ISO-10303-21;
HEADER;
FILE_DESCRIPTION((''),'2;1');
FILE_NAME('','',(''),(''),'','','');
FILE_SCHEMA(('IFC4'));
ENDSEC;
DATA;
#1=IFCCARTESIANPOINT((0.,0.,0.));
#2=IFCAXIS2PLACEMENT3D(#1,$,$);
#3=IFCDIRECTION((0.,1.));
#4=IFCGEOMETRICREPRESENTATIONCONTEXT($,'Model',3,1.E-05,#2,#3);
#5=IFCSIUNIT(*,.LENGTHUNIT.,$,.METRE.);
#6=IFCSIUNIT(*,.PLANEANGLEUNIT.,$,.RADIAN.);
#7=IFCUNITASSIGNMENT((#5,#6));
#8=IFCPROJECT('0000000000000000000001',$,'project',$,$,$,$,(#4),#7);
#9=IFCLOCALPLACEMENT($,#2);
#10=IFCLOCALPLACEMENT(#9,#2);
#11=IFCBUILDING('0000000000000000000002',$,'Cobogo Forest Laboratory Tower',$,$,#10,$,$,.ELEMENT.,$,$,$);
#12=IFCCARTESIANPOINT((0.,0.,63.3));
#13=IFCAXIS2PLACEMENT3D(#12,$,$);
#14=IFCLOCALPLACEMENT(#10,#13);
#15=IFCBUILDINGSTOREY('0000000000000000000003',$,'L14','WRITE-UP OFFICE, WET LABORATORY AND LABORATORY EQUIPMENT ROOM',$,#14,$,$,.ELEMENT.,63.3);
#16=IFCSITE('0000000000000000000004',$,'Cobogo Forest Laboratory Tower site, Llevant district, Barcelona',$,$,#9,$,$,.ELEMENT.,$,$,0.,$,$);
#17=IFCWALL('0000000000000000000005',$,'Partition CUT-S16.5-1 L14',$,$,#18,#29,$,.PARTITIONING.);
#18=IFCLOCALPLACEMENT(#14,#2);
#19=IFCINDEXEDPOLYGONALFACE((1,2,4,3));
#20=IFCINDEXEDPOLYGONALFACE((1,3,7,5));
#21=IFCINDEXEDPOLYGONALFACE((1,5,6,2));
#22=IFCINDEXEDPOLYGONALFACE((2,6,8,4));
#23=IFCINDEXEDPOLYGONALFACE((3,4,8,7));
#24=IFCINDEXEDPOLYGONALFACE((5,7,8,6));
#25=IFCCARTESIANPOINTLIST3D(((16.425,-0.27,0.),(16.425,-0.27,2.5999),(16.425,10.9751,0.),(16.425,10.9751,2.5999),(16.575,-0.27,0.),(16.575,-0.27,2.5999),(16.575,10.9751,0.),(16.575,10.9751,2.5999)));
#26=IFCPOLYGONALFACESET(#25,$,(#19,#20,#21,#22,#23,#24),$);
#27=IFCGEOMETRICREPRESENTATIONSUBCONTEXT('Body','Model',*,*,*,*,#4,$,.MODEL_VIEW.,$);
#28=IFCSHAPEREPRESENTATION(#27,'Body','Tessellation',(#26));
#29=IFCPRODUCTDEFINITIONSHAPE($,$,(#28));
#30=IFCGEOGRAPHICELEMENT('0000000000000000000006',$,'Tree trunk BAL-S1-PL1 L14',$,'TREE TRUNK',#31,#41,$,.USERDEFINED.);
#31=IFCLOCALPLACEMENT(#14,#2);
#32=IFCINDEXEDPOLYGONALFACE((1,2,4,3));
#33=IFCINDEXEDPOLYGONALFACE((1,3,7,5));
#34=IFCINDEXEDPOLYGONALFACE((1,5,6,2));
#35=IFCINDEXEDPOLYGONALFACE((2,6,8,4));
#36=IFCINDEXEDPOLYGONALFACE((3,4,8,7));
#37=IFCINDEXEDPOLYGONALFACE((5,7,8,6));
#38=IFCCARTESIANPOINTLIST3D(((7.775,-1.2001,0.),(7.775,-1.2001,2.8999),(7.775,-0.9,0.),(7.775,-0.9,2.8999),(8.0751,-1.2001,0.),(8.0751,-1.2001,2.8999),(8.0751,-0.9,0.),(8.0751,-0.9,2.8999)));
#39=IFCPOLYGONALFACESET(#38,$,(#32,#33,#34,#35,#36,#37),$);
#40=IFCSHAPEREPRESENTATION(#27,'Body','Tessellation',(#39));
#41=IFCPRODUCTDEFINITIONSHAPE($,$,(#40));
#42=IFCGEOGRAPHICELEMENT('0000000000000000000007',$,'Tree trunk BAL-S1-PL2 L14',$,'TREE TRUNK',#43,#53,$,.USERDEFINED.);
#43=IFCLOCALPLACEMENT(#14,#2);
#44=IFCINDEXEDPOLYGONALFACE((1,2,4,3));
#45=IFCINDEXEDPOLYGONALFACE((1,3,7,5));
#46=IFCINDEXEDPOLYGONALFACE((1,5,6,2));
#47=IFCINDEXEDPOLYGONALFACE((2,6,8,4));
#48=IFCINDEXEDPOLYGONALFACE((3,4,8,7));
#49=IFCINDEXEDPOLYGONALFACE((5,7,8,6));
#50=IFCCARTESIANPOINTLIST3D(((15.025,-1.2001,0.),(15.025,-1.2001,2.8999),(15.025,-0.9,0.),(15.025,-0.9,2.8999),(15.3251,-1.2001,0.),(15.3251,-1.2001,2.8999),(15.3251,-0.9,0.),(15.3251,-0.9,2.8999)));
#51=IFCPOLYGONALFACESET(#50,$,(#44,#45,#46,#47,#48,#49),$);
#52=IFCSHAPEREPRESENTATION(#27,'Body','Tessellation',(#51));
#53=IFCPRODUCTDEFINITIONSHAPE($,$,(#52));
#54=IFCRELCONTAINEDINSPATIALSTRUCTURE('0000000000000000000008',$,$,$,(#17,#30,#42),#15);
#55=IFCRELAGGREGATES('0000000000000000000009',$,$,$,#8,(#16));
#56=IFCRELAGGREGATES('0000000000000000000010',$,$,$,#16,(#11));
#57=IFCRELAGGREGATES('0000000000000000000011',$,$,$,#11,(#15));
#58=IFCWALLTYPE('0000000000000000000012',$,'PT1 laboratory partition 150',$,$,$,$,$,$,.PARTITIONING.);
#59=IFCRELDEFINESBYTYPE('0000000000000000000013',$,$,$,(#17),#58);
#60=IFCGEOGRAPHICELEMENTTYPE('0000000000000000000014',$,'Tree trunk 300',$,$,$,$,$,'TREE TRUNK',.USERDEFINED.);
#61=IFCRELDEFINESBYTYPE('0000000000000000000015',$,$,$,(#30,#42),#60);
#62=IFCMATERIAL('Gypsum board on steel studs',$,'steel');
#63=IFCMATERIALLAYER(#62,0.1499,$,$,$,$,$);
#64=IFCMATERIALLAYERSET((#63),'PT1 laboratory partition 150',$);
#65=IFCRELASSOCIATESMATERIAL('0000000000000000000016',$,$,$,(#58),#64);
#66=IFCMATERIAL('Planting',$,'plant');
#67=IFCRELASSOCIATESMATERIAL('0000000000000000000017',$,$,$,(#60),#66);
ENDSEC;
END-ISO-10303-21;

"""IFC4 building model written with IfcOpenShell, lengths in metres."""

from ifc_helpers import new_model, si_unit, direction, frame, frame_2d, origin, origin_2d, place, context, subcontext, project, spatial, rectangle, extrude, material, layer, layer_set, type_object, element, save


model = new_model("IFC4")

# Units and contexts
model_context = context("Model", 3, precision=1e-05, world=origin(), true_north=direction((0.0, 1.0)))
body_context = subcontext(model_context, "Body", "Model", "MODEL_VIEW")
ifc_project = project(units=[si_unit("LENGTHUNIT", "METRE"), si_unit("PLANEANGLEUNIT", "RADIAN")], contexts=[model_context])

# Site, building, storey
site_placement = place(None, origin())
site = spatial("IfcSite", under=ifc_project, at=site_placement, Name="Cobogo Forest Laboratory Tower site, Llevant district, Barcelona", CompositionType="ELEMENT", RefElevation=0.0)
building_placement = place(site_placement, origin())
building = spatial("IfcBuilding", under=site, at=building_placement, Name="Cobogo Forest Laboratory Tower", CompositionType="ELEMENT")
storey_placement = place(building_placement, frame((0.0, 0.0, 63.3)))
storey = spatial("IfcBuildingStorey", under=building, at=storey_placement, Name="L14", Description="WRITE-UP OFFICE, WET LABORATORY AND LABORATORY EQUIPMENT ROOM", CompositionType="ELEMENT", Elevation=63.3)

# Wall
ifc_material_1 = material(Name="Gypsum board on steel studs", Category="steel")
ifc_layer_1 = layer(ifc_material_1, 0.1499)
ifc_layer_set_1 = layer_set([ifc_layer_1], Name="PT1 laboratory partition 150")
wall_type_1 = type_object("IfcWallType", Name="PT1 laboratory partition 150", PredefinedType="PARTITIONING", material=ifc_layer_set_1)
for number, where, z_axis, x_axis, name in (
    (1, (16.5, -0.27, 0.0), (0.0, 0.0, 1.0), (0.0, 1.0, 0.0), "Partition CUT-S16.5-1 L14"),
):
    element("IfcWall", number, at=place(storey_placement, frame(where, z_axis=z_axis, x_axis=x_axis)), inside=storey, type_object=wall_type_1, Name=name, PredefinedType="PARTITIONING", context=body_context, shape_type="SweptSolid", body=[
        extrude(rectangle(XDim=11.2451, YDim=0.1499, at=frame_2d((5.6226, 0.0))), origin(), (0.0, 0.0, 1.0), 2.5999),
    ])

# Geographic elements
ifc_material_2 = material(Name="Planting", Category="plant")
geographic_element_type = type_object("IfcGeographicElementType", Name="Tree trunk 300", ElementType="TREE TRUNK", PredefinedType="USERDEFINED", material=ifc_material_2)
for number, where, z_axis, x_axis, name in (
    (2, (7.925, -1.05, 0.0), (0.0, 0.0, 1.0), (1.0, 0.0, 0.0), "Tree trunk BAL-S1-PL1 L14"),
    (3, (15.175, -1.05, 0.0), (0.0, 0.0, 1.0), (1.0, 0.0, 0.0), "Tree trunk BAL-S1-PL2 L14"),
):
    element("IfcGeographicElement", number, at=place(storey_placement, frame(where, z_axis=z_axis, x_axis=x_axis)), inside=storey, type_object=geographic_element_type, Name=name, ObjectType="TREE TRUNK", PredefinedType="USERDEFINED", context=body_context, shape_type="SweptSolid", body=[
        extrude(rectangle(XDim=0.3, YDim=0.3, at=origin_2d()), origin(), (0.0, 0.0, 1.0), 2.8999),
    ])

save(model, "model.ifc")
